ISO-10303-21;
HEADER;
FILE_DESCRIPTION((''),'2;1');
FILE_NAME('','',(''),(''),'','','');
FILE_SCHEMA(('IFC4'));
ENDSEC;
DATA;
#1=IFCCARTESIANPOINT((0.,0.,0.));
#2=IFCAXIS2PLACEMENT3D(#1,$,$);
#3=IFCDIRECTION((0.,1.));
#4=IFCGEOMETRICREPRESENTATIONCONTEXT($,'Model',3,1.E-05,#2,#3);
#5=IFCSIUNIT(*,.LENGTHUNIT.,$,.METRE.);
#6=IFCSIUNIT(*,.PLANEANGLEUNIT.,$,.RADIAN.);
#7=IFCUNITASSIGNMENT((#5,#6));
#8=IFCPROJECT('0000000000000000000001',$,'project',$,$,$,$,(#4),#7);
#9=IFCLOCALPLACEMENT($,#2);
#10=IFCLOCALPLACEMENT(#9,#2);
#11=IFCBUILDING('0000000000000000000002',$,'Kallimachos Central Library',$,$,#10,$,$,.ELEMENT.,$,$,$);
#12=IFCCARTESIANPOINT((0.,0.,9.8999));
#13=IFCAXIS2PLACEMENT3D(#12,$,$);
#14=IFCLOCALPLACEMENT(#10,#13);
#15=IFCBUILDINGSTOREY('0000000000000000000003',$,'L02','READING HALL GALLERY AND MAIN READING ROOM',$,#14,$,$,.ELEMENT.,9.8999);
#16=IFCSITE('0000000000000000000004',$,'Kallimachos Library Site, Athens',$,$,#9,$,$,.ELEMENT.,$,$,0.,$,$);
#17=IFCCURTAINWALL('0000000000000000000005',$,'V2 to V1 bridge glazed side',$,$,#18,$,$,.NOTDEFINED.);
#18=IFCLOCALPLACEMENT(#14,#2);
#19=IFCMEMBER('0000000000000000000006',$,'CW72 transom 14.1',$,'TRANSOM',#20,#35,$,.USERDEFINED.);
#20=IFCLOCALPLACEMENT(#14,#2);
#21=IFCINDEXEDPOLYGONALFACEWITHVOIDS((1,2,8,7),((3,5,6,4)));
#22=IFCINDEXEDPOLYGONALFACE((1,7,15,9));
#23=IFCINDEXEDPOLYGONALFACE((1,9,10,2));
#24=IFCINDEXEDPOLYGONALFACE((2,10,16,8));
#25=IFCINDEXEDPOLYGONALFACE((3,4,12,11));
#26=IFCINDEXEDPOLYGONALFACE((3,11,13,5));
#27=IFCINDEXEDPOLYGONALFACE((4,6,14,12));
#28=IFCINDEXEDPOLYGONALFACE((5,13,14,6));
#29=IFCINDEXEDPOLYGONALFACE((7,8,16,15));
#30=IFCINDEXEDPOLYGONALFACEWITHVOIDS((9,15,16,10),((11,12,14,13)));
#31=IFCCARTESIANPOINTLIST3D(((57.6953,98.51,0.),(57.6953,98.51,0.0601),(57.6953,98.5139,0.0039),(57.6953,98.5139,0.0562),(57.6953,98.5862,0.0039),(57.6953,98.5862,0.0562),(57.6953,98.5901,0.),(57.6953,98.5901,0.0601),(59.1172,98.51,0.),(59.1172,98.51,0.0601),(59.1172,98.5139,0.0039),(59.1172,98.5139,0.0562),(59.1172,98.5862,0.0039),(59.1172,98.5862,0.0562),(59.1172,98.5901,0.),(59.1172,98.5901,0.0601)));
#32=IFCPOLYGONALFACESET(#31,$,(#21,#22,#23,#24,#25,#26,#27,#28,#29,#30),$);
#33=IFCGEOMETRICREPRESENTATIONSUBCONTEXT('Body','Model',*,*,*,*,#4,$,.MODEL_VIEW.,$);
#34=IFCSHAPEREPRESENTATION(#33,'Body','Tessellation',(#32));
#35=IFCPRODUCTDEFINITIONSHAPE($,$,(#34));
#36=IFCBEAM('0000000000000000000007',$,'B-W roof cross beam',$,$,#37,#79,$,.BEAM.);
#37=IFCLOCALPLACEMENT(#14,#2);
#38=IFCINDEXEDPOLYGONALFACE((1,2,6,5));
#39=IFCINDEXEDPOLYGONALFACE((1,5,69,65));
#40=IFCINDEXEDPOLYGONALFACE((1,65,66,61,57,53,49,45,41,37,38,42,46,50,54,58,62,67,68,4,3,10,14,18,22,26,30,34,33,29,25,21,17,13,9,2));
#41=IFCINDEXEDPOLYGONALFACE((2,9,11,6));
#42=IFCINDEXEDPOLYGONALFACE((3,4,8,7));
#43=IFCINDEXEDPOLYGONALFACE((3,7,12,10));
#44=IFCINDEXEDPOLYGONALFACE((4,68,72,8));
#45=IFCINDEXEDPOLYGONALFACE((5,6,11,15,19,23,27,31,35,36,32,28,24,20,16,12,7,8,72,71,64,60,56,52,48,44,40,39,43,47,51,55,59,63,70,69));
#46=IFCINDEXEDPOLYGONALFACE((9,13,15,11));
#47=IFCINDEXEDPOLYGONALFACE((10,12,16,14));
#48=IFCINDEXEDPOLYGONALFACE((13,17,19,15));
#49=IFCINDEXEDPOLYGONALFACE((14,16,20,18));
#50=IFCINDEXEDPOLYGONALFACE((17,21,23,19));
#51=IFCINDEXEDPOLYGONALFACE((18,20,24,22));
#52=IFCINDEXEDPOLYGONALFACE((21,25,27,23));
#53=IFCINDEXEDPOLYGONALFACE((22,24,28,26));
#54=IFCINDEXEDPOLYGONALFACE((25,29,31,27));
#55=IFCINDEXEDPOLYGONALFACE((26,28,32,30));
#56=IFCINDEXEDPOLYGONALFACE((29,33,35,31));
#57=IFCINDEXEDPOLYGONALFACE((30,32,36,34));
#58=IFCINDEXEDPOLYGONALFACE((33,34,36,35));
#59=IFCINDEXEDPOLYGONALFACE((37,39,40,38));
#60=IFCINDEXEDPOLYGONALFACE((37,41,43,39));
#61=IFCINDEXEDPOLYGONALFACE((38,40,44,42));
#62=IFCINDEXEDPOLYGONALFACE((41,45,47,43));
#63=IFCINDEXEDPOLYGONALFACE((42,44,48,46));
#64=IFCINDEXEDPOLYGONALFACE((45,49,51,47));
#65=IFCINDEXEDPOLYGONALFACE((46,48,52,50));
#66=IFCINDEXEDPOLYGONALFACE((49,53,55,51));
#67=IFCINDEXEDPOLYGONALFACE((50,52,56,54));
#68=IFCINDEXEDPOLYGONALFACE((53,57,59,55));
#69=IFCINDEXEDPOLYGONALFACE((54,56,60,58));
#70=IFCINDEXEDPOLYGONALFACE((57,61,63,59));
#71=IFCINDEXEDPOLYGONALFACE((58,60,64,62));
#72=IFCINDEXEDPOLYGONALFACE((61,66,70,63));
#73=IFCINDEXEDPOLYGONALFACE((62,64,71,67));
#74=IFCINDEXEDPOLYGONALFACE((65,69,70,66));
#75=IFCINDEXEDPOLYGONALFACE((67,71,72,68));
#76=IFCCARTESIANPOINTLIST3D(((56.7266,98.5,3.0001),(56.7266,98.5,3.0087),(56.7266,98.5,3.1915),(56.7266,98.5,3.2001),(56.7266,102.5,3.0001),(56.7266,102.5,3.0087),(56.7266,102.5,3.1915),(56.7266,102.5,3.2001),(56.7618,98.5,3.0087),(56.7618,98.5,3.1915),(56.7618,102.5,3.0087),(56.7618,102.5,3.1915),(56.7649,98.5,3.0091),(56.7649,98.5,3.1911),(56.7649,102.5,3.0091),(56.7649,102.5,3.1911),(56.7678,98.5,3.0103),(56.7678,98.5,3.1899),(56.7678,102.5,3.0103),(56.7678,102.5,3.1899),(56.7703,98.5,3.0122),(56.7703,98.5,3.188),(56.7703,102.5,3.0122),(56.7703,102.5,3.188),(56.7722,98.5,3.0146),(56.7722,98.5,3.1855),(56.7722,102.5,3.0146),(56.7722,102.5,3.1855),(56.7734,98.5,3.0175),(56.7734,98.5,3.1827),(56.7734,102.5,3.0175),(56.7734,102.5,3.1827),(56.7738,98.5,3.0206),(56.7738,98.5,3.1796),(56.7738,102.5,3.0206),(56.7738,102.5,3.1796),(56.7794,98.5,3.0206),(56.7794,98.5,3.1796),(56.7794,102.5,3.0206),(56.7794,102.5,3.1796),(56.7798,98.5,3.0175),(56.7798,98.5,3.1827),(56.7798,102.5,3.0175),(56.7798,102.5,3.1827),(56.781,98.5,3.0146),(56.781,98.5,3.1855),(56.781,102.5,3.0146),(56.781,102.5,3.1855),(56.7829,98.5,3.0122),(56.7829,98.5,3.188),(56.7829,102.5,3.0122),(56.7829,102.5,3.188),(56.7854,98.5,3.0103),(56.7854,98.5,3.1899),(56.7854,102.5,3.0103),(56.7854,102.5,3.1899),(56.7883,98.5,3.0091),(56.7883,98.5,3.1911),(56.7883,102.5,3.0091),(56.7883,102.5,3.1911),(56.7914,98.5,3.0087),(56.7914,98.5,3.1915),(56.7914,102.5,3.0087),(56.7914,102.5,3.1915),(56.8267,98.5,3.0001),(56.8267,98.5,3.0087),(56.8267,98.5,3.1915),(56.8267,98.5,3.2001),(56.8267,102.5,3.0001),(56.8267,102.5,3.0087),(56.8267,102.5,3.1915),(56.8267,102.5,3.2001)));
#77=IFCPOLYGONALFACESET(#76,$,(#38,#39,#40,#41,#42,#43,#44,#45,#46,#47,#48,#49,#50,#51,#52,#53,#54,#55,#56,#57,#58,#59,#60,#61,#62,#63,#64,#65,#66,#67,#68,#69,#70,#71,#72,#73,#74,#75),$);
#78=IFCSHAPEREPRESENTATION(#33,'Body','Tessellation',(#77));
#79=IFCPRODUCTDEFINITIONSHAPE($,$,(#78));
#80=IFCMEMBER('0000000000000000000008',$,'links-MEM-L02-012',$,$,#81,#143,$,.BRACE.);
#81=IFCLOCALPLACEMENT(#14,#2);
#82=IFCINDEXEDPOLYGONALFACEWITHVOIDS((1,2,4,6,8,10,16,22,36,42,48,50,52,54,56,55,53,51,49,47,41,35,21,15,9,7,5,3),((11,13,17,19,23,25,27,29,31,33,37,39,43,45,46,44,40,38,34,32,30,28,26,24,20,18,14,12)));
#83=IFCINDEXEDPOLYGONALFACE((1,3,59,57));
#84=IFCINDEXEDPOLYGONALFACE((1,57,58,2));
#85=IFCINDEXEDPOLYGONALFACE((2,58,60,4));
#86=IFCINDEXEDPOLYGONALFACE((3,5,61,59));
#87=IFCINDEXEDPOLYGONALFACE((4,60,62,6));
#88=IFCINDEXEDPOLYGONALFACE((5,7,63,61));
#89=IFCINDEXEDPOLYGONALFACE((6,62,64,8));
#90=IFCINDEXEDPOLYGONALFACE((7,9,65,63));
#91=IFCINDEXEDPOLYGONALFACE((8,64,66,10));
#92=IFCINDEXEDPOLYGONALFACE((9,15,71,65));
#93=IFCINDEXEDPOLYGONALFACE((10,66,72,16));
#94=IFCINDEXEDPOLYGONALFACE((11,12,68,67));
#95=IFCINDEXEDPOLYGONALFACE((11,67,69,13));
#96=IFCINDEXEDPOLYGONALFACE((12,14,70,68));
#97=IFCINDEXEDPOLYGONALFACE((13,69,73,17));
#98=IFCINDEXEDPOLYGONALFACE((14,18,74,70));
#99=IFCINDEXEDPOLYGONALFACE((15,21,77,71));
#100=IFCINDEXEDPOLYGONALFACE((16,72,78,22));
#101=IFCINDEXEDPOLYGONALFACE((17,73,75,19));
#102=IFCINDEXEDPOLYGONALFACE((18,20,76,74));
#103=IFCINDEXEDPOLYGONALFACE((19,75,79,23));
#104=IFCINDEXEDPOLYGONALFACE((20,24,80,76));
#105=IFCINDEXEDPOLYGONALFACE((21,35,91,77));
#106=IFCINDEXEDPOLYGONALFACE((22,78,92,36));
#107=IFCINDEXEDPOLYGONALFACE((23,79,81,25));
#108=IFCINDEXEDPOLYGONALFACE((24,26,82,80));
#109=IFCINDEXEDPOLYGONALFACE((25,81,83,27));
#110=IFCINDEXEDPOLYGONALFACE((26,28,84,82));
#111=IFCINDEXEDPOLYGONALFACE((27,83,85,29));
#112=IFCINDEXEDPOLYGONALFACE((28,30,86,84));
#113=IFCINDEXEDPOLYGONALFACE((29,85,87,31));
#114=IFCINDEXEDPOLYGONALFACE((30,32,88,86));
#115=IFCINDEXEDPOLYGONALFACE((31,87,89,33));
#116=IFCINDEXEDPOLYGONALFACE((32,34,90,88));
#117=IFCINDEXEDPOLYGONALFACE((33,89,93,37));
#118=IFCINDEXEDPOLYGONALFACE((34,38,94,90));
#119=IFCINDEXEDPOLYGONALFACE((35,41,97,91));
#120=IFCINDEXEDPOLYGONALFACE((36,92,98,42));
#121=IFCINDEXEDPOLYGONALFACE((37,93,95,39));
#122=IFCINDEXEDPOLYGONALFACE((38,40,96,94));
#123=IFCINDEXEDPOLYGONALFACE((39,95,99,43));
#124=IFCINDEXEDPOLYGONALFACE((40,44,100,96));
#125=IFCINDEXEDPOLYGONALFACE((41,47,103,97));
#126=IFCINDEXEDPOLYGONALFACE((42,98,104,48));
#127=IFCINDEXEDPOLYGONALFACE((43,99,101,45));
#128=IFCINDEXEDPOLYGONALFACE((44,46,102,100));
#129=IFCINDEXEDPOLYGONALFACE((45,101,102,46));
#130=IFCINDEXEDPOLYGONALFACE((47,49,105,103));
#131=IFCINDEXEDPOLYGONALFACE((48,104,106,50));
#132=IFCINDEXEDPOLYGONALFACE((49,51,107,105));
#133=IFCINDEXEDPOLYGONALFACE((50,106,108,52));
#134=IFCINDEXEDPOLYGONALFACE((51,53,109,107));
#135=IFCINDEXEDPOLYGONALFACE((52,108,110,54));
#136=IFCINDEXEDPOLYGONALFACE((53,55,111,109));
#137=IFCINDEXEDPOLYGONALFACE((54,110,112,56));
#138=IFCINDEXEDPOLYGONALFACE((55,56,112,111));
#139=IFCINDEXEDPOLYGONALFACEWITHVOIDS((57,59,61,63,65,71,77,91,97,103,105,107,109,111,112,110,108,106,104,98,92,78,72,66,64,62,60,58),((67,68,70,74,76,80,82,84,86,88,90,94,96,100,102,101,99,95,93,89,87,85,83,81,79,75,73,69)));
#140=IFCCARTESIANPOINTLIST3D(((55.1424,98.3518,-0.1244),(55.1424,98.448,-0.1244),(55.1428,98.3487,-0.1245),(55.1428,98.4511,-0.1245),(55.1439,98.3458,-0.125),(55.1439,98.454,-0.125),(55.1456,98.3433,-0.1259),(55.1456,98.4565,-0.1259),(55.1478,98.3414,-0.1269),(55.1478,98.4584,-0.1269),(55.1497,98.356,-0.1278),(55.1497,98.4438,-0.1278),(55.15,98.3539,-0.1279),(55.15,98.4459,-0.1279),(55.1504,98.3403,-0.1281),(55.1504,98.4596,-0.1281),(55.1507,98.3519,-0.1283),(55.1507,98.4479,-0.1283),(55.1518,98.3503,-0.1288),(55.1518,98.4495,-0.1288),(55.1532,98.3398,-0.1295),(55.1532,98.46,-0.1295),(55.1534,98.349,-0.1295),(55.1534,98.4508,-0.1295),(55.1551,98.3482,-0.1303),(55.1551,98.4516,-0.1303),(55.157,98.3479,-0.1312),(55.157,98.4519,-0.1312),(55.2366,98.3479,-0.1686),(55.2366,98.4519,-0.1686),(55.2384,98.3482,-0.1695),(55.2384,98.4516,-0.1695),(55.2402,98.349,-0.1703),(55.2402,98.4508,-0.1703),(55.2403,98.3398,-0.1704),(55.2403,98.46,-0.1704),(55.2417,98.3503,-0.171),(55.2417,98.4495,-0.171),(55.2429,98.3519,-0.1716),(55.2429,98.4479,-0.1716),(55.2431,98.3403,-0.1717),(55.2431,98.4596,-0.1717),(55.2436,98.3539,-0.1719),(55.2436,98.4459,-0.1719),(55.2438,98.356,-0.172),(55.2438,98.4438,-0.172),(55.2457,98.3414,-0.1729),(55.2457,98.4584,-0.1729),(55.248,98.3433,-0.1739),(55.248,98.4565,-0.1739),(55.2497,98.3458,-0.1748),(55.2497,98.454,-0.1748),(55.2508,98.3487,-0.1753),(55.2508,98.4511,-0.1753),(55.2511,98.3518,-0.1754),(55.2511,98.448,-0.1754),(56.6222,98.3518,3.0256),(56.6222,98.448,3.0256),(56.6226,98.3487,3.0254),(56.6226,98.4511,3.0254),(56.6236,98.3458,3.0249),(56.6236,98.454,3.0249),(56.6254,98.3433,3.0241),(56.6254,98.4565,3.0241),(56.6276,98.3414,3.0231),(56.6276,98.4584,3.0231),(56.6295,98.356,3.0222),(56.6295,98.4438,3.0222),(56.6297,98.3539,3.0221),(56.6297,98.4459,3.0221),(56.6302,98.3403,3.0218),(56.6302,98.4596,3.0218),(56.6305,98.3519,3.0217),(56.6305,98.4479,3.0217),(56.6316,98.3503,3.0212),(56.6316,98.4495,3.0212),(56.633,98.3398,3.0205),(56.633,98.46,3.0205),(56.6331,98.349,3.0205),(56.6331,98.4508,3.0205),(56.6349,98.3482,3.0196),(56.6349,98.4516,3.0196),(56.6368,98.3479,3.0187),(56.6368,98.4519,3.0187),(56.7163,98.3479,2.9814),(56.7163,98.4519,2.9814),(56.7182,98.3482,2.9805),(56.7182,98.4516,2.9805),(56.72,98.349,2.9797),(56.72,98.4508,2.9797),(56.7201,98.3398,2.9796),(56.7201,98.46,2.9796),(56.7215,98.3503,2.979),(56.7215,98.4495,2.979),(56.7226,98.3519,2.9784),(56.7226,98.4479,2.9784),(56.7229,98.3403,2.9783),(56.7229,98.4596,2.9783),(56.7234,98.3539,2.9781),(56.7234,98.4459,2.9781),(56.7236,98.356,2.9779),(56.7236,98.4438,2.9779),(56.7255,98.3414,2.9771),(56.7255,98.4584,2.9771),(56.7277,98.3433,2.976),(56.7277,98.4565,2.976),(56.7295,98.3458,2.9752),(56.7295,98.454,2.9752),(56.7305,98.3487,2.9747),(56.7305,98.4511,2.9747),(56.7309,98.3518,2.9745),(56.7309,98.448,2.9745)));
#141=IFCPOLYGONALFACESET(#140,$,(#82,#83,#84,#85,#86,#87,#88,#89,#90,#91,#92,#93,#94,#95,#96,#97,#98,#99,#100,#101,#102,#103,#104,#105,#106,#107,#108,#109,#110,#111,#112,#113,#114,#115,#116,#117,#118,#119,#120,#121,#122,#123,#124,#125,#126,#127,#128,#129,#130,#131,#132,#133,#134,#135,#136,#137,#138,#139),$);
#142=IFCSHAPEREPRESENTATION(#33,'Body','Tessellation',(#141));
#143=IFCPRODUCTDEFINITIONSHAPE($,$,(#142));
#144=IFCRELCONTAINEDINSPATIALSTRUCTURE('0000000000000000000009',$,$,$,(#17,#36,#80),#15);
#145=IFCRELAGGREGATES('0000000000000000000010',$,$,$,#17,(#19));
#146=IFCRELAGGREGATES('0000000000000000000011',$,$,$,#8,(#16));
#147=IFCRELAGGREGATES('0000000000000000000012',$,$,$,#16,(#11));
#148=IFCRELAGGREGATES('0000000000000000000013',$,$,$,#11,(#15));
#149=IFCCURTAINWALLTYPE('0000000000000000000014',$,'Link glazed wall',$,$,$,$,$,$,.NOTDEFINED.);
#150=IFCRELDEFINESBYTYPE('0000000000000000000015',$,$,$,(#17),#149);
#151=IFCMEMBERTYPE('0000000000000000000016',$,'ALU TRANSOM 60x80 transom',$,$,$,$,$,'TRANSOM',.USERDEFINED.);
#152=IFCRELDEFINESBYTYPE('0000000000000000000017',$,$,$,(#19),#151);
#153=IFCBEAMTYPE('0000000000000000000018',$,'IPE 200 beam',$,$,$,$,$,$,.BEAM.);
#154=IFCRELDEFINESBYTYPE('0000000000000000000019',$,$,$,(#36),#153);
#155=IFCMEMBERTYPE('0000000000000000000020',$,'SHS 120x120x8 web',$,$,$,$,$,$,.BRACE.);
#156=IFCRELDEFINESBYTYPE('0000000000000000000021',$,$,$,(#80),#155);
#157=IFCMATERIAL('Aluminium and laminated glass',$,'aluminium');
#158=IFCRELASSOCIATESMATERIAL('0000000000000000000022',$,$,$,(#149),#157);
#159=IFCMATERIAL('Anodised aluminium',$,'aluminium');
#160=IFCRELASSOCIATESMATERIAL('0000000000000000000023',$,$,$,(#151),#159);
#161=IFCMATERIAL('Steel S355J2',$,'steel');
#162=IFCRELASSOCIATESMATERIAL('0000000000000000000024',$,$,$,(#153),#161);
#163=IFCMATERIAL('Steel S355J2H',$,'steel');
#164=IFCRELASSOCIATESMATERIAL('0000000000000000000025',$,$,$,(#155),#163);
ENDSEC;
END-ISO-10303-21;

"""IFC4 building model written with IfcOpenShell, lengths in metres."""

from ifc_helpers import new_model, si_unit, direction, frame, origin, origin_2d, place, context, subcontext, project, spatial, hollow_rectangle, i_section, extrude, material, material_profile, profile_set, type_object, element, aggregate, save


model = new_model("IFC4")

# Units and contexts
model_context = context("Model", 3, precision=1e-05, world=origin(), true_north=direction((0.0, 1.0)))
body_context = subcontext(model_context, "Body", "Model", "MODEL_VIEW")
ifc_project = project(units=[si_unit("LENGTHUNIT", "METRE"), si_unit("PLANEANGLEUNIT", "RADIAN")], contexts=[model_context])

# Site, building, storey
site_placement = place(None, origin())
site = spatial("IfcSite", under=ifc_project, at=site_placement, Name="Kallimachos Library Site, Athens", CompositionType="ELEMENT", RefElevation=0.0)
building_placement = place(site_placement, origin())
building = spatial("IfcBuilding", under=site, at=building_placement, Name="Kallimachos Central Library", CompositionType="ELEMENT")
storey_placement = place(building_placement, frame((0.0, 0.0, 9.8999)))
storey = spatial("IfcBuildingStorey", under=building, at=storey_placement, Name="L02", Description="READING HALL GALLERY AND MAIN READING ROOM", CompositionType="ELEMENT", Elevation=9.8999)

# Curtain wall, member
ifc_material_1 = material(Name="Aluminium and laminated glass", Category="aluminium")
curtain_wall_type = type_object("IfcCurtainWallType", Name="Link glazed wall", PredefinedType="NOTDEFINED", material=ifc_material_1)
curtain_wall_placement = place(storey_placement, origin())
curtain_wall = element("IfcCurtainWall", 1, at=curtain_wall_placement, inside=storey, type_object=curtain_wall_type, Name="V2 to V1 bridge glazed side", PredefinedType="NOTDEFINED")
ifc_material_2 = material(Name="Anodised aluminium", Category="aluminium")
ifc_material_profile_1 = material_profile(ifc_material_2, hollow_rectangle(XDim=0.0601, YDim=0.0801, WallThickness=0.0039, at=origin_2d()), Name="ALU TRANSOM 60x80")
ifc_profile_set_1 = profile_set([ifc_material_profile_1], Name="Anodised aluminium")
member_type_1 = type_object("IfcMemberType", Name="ALU TRANSOM 60x80 transom", ElementType="TRANSOM", PredefinedType="USERDEFINED", material=ifc_profile_set_1)
member_1_placement = place(storey_placement, frame((57.6953, 98.55, 0.03), z_axis=(1.0, 0.0, 0.0), x_axis=(0.0, 0.0, 1.0)))
member_1 = element("IfcMember", 2, at=member_1_placement, type_object=member_type_1, Name="CW72 transom 14.1", ObjectType="TRANSOM", PredefinedType="USERDEFINED", context=body_context, shape_type="SweptSolid", body=[
    extrude(hollow_rectangle(XDim=0.0601, YDim=0.0801, WallThickness=0.0039, at=origin_2d()), origin(), (0.0, 0.0, 1.0), 1.4219),
])

# Beam
ifc_material_3 = material(Name="Steel S355J2", Category="steel")
ifc_material_profile_2 = material_profile(ifc_material_3, i_section(OverallWidth=0.1001, OverallDepth=0.2, WebThickness=0.0056, FlangeThickness=0.0085, FilletRadius=0.012, at=origin_2d()), Name="IPE 200")
ifc_profile_set_2 = profile_set([ifc_material_profile_2], Name="Steel S355J2")
beam_type = type_object("IfcBeamType", Name="IPE 200 beam", PredefinedType="BEAM", material=ifc_profile_set_2)
beam_placement = place(storey_placement, frame((56.7766, 98.5, 3.1001), z_axis=(0.0, 1.0, 0.0), x_axis=(-1.0, 0.0, 0.0)))
element("IfcBeam", 3, at=beam_placement, inside=storey, type_object=beam_type, Name="B-W roof cross beam", PredefinedType="BEAM", context=body_context, shape_type="SweptSolid", body=[
    extrude(i_section(OverallWidth=0.1001, OverallDepth=0.2, WebThickness=0.0056, FlangeThickness=0.0085, FilletRadius=0.012, at=origin_2d()), origin(), (0.0, 0.0, 1.0), 4.0),
])

# Member
ifc_material_4 = material(Name="Steel S355J2H", Category="steel")
ifc_material_profile_3 = material_profile(ifc_material_4, hollow_rectangle(XDim=0.1201, YDim=0.1201, WallThickness=0.0081, InnerFilletRadius=0.0081, OuterFilletRadius=0.012, at=origin_2d()), Name="SHS 120x120x8")
ifc_profile_set_3 = profile_set([ifc_material_profile_3], Name="Steel S355J2H")
member_type_2 = type_object("IfcMemberType", Name="SHS 120x120x8 web", PredefinedType="BRACE", material=ifc_profile_set_3)
for number, where, z_axis, x_axis, name in (
    (4, (55.1968, 98.3999, -0.1499), (0.425192, 0.0, 0.905103), (0.0, 1.0, 0.0), "links-MEM-L02-012"),
):
    element("IfcMember", number, at=place(storey_placement, frame(where, z_axis=z_axis, x_axis=x_axis)), inside=storey, type_object=member_type_2, Name=name, PredefinedType="BRACE", context=body_context, shape_type="SweptSolid", body=[
        extrude(hollow_rectangle(XDim=0.1201, YDim=0.1201, WallThickness=0.0081, InnerFilletRadius=0.0081, OuterFilletRadius=0.012, at=origin_2d()), origin(), (0.0, 0.0, 1.0), 3.4802),
    ])

aggregate(curtain_wall, [member_1])

save(model, "model.ifc")
